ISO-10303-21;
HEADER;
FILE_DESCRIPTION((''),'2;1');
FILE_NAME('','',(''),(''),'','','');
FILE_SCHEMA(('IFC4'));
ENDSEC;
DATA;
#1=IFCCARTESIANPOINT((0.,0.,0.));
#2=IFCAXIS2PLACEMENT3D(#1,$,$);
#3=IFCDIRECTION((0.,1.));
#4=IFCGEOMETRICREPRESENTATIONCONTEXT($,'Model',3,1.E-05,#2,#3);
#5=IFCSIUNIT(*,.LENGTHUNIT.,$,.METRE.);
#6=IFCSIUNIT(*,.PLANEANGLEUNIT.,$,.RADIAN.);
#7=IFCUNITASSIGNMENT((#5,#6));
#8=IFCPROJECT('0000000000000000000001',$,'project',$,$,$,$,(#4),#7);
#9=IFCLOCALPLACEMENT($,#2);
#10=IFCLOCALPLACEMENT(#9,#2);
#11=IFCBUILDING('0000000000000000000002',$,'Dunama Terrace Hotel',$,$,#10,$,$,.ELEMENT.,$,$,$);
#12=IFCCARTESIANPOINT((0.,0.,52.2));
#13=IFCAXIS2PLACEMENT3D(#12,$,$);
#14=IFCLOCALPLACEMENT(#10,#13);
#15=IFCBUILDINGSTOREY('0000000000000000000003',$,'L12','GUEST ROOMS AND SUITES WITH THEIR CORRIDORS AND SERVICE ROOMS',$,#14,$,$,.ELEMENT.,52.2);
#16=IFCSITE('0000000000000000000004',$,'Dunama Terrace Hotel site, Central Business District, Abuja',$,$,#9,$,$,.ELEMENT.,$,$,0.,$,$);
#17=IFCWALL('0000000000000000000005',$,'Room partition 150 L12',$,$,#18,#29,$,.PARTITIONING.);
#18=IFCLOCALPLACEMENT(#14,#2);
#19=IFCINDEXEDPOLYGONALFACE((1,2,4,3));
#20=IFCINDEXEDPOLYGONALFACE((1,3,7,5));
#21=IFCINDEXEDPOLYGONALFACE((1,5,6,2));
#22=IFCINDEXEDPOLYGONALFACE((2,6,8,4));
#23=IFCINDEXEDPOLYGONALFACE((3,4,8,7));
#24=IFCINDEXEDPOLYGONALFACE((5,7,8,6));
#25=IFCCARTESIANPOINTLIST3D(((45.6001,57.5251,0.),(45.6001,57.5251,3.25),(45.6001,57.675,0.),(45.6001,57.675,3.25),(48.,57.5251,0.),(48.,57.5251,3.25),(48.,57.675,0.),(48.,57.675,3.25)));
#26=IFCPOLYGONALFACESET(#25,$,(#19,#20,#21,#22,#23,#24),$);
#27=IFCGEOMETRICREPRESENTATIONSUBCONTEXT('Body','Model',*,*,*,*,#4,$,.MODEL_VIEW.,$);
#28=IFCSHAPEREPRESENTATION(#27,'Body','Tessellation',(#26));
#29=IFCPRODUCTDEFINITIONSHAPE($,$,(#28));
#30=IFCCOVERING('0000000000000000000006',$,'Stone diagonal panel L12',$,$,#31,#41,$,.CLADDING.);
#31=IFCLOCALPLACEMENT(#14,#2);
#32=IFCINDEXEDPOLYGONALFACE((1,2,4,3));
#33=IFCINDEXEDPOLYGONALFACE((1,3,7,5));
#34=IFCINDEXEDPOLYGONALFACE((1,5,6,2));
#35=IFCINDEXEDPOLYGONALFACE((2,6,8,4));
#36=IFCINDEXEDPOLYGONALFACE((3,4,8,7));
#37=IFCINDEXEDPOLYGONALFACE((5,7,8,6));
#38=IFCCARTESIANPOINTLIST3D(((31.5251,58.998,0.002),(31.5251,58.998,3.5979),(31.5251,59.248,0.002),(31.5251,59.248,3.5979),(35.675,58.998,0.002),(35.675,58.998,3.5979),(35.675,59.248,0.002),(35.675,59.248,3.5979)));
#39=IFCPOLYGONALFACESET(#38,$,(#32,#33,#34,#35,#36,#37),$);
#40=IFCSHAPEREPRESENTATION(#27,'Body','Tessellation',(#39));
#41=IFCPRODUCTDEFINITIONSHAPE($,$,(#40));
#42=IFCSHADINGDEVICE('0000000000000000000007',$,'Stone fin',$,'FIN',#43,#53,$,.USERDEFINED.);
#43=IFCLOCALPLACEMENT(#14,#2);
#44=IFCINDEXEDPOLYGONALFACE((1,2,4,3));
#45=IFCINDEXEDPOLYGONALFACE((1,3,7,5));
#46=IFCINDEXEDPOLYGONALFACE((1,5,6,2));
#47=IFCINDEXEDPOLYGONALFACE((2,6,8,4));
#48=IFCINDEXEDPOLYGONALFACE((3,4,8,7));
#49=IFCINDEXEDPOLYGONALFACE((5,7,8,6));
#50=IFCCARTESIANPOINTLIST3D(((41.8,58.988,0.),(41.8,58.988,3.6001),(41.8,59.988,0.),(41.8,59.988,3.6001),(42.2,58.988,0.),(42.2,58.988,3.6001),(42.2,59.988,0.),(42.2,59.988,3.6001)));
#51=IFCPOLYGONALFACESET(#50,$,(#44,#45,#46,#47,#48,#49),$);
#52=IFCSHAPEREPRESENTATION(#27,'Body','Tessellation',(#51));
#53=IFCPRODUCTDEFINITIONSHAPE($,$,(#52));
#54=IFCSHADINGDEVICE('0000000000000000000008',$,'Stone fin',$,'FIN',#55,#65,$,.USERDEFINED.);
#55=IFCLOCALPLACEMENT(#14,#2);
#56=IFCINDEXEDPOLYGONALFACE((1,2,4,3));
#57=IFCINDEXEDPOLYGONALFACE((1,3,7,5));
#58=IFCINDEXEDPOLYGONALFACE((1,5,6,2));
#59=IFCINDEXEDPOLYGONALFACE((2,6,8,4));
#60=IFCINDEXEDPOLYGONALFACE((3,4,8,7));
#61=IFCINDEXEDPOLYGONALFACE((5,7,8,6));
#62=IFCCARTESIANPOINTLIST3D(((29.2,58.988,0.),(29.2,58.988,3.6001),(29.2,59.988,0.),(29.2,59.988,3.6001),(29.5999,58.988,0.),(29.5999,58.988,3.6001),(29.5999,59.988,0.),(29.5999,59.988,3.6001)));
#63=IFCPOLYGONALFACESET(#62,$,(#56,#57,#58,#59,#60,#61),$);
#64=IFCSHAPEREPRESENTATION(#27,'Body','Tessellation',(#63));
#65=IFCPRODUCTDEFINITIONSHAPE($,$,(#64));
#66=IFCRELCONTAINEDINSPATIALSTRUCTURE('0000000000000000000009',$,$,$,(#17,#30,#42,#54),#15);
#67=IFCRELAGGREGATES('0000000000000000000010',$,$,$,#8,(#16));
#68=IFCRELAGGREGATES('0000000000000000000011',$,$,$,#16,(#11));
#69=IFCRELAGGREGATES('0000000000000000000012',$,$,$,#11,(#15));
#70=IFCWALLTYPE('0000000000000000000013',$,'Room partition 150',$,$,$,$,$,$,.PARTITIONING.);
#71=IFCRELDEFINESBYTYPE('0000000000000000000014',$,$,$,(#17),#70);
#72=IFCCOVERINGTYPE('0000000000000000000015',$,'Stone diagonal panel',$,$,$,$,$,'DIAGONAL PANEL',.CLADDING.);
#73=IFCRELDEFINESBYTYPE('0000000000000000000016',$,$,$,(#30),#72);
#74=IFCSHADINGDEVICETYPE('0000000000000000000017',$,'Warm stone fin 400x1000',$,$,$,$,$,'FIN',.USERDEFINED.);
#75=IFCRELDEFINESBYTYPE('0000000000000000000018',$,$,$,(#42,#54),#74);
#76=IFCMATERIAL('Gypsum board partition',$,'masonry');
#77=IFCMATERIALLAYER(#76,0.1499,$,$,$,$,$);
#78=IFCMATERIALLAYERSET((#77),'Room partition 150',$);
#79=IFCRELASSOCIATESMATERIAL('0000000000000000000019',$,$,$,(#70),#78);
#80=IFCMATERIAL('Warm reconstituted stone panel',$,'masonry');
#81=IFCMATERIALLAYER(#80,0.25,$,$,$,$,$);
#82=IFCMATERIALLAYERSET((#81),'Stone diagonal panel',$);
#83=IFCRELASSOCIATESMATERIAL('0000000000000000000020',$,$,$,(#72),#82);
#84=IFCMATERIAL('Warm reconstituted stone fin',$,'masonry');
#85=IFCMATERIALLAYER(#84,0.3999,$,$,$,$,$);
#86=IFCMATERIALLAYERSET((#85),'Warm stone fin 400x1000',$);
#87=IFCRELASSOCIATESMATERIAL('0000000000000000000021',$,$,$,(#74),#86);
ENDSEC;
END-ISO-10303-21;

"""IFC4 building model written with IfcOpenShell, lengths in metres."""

from ifc_helpers import new_model, si_unit, direction, frame, frame_2d, origin, origin_2d, place, context, subcontext, project, spatial, rectangle, extrude, material, layer, layer_set, type_object, element, save


model = new_model("IFC4")

# Units and contexts
model_context = context("Model", 3, precision=1e-05, world=origin(), true_north=direction((0.0, 1.0)))
body_context = subcontext(model_context, "Body", "Model", "MODEL_VIEW")
ifc_project = project(units=[si_unit("LENGTHUNIT", "METRE"), si_unit("PLANEANGLEUNIT", "RADIAN")], contexts=[model_context])

# Site, building, storey
site_placement = place(None, origin())
site = spatial("IfcSite", under=ifc_project, at=site_placement, Name="Dunama Terrace Hotel site, Central Business District, Abuja", CompositionType="ELEMENT", RefElevation=0.0)
building_placement = place(site_placement, origin())
building = spatial("IfcBuilding", under=site, at=building_placement, Name="Dunama Terrace Hotel", CompositionType="ELEMENT")
storey_placement = place(building_placement, frame((0.0, 0.0, 52.2)))
storey = spatial("IfcBuildingStorey", under=building, at=storey_placement, Name="L12", Description="GUEST ROOMS AND SUITES WITH THEIR CORRIDORS AND SERVICE ROOMS", CompositionType="ELEMENT", Elevation=52.2)

# Shared definitions
ifc_material_1 = material(Name="Gypsum board partition", Category="masonry")
ifc_layer_1 = layer(ifc_material_1, 0.1499)
ifc_layer_set_1 = layer_set([ifc_layer_1], Name="Room partition 150")
wall_type_1 = type_object("IfcWallType", Name="Room partition 150", PredefinedType="PARTITIONING", material=ifc_layer_set_1)

# Wall
wall_1_placement = place(storey_placement, frame((45.6001, 57.6001, 0.0), z_axis=(0.0, 0.0, 1.0), x_axis=(1.0, 0.0, 0.0)))
element("IfcWall", 1, at=wall_1_placement, inside=storey, type_object=wall_type_1, Name="Room partition 150 L12", PredefinedType="PARTITIONING", context=body_context, shape_type="SweptSolid", body=[
    extrude(rectangle(XDim=2.3999, YDim=0.1499, at=frame_2d((1.2, 0.0))), origin(), (0.0, 0.0, 1.0), 3.25),
])

# Covering
ifc_material_2 = material(Name="Warm reconstituted stone panel", Category="masonry")
ifc_layer_2 = layer(ifc_material_2, 0.25)
ifc_layer_set_2 = layer_set([ifc_layer_2], Name="Stone diagonal panel")
covering_type = type_object("IfcCoveringType", Name="Stone diagonal panel", ElementType="DIAGONAL PANEL", PredefinedType="CLADDING", material=ifc_layer_set_2)
covering_placement = place(storey_placement, frame((33.6001, 59.123, 0.002), z_axis=(0.0, 0.0, 1.0), x_axis=(-1.0, 0.0, 0.0)))
element("IfcCovering", 2, at=covering_placement, inside=storey, type_object=covering_type, Name="Stone diagonal panel L12", PredefinedType="CLADDING", context=body_context, shape_type="SweptSolid", body=[
    extrude(rectangle(XDim=4.1499, YDim=0.25, at=origin_2d()), origin(), (0.0, 0.0, 1.0), 3.5959),
])

# Shading devices
ifc_material_3 = material(Name="Warm reconstituted stone fin", Category="masonry")
ifc_layer_3 = layer(ifc_material_3, 0.3999)
ifc_layer_set_3 = layer_set([ifc_layer_3], Name="Warm stone fin 400x1000")
shading_device_type = type_object("IfcShadingDeviceType", Name="Warm stone fin 400x1000", ElementType="FIN", PredefinedType="USERDEFINED", material=ifc_layer_set_3)
for number, where, z_axis, x_axis, name in (
    (3, (42.0, 59.488, 0.0), (0.0, 0.0, 1.0), (-1.0, 0.0, 0.0), "Stone fin"),
    (4, (29.3999, 59.488, 0.0), (0.0, 0.0, 1.0), (-1.0, 0.0, 0.0), "Stone fin"),
):
    element("IfcShadingDevice", number, at=place(storey_placement, frame(where, z_axis=z_axis, x_axis=x_axis)), inside=storey, type_object=shading_device_type, Name=name, ObjectType="FIN", PredefinedType="USERDEFINED", context=body_context, shape_type="SweptSolid", body=[
        extrude(rectangle(XDim=0.3999, YDim=1.0, at=origin_2d()), origin(), (0.0, 0.0, 1.0), 3.6001),
    ])

save(model, "model.ifc")
